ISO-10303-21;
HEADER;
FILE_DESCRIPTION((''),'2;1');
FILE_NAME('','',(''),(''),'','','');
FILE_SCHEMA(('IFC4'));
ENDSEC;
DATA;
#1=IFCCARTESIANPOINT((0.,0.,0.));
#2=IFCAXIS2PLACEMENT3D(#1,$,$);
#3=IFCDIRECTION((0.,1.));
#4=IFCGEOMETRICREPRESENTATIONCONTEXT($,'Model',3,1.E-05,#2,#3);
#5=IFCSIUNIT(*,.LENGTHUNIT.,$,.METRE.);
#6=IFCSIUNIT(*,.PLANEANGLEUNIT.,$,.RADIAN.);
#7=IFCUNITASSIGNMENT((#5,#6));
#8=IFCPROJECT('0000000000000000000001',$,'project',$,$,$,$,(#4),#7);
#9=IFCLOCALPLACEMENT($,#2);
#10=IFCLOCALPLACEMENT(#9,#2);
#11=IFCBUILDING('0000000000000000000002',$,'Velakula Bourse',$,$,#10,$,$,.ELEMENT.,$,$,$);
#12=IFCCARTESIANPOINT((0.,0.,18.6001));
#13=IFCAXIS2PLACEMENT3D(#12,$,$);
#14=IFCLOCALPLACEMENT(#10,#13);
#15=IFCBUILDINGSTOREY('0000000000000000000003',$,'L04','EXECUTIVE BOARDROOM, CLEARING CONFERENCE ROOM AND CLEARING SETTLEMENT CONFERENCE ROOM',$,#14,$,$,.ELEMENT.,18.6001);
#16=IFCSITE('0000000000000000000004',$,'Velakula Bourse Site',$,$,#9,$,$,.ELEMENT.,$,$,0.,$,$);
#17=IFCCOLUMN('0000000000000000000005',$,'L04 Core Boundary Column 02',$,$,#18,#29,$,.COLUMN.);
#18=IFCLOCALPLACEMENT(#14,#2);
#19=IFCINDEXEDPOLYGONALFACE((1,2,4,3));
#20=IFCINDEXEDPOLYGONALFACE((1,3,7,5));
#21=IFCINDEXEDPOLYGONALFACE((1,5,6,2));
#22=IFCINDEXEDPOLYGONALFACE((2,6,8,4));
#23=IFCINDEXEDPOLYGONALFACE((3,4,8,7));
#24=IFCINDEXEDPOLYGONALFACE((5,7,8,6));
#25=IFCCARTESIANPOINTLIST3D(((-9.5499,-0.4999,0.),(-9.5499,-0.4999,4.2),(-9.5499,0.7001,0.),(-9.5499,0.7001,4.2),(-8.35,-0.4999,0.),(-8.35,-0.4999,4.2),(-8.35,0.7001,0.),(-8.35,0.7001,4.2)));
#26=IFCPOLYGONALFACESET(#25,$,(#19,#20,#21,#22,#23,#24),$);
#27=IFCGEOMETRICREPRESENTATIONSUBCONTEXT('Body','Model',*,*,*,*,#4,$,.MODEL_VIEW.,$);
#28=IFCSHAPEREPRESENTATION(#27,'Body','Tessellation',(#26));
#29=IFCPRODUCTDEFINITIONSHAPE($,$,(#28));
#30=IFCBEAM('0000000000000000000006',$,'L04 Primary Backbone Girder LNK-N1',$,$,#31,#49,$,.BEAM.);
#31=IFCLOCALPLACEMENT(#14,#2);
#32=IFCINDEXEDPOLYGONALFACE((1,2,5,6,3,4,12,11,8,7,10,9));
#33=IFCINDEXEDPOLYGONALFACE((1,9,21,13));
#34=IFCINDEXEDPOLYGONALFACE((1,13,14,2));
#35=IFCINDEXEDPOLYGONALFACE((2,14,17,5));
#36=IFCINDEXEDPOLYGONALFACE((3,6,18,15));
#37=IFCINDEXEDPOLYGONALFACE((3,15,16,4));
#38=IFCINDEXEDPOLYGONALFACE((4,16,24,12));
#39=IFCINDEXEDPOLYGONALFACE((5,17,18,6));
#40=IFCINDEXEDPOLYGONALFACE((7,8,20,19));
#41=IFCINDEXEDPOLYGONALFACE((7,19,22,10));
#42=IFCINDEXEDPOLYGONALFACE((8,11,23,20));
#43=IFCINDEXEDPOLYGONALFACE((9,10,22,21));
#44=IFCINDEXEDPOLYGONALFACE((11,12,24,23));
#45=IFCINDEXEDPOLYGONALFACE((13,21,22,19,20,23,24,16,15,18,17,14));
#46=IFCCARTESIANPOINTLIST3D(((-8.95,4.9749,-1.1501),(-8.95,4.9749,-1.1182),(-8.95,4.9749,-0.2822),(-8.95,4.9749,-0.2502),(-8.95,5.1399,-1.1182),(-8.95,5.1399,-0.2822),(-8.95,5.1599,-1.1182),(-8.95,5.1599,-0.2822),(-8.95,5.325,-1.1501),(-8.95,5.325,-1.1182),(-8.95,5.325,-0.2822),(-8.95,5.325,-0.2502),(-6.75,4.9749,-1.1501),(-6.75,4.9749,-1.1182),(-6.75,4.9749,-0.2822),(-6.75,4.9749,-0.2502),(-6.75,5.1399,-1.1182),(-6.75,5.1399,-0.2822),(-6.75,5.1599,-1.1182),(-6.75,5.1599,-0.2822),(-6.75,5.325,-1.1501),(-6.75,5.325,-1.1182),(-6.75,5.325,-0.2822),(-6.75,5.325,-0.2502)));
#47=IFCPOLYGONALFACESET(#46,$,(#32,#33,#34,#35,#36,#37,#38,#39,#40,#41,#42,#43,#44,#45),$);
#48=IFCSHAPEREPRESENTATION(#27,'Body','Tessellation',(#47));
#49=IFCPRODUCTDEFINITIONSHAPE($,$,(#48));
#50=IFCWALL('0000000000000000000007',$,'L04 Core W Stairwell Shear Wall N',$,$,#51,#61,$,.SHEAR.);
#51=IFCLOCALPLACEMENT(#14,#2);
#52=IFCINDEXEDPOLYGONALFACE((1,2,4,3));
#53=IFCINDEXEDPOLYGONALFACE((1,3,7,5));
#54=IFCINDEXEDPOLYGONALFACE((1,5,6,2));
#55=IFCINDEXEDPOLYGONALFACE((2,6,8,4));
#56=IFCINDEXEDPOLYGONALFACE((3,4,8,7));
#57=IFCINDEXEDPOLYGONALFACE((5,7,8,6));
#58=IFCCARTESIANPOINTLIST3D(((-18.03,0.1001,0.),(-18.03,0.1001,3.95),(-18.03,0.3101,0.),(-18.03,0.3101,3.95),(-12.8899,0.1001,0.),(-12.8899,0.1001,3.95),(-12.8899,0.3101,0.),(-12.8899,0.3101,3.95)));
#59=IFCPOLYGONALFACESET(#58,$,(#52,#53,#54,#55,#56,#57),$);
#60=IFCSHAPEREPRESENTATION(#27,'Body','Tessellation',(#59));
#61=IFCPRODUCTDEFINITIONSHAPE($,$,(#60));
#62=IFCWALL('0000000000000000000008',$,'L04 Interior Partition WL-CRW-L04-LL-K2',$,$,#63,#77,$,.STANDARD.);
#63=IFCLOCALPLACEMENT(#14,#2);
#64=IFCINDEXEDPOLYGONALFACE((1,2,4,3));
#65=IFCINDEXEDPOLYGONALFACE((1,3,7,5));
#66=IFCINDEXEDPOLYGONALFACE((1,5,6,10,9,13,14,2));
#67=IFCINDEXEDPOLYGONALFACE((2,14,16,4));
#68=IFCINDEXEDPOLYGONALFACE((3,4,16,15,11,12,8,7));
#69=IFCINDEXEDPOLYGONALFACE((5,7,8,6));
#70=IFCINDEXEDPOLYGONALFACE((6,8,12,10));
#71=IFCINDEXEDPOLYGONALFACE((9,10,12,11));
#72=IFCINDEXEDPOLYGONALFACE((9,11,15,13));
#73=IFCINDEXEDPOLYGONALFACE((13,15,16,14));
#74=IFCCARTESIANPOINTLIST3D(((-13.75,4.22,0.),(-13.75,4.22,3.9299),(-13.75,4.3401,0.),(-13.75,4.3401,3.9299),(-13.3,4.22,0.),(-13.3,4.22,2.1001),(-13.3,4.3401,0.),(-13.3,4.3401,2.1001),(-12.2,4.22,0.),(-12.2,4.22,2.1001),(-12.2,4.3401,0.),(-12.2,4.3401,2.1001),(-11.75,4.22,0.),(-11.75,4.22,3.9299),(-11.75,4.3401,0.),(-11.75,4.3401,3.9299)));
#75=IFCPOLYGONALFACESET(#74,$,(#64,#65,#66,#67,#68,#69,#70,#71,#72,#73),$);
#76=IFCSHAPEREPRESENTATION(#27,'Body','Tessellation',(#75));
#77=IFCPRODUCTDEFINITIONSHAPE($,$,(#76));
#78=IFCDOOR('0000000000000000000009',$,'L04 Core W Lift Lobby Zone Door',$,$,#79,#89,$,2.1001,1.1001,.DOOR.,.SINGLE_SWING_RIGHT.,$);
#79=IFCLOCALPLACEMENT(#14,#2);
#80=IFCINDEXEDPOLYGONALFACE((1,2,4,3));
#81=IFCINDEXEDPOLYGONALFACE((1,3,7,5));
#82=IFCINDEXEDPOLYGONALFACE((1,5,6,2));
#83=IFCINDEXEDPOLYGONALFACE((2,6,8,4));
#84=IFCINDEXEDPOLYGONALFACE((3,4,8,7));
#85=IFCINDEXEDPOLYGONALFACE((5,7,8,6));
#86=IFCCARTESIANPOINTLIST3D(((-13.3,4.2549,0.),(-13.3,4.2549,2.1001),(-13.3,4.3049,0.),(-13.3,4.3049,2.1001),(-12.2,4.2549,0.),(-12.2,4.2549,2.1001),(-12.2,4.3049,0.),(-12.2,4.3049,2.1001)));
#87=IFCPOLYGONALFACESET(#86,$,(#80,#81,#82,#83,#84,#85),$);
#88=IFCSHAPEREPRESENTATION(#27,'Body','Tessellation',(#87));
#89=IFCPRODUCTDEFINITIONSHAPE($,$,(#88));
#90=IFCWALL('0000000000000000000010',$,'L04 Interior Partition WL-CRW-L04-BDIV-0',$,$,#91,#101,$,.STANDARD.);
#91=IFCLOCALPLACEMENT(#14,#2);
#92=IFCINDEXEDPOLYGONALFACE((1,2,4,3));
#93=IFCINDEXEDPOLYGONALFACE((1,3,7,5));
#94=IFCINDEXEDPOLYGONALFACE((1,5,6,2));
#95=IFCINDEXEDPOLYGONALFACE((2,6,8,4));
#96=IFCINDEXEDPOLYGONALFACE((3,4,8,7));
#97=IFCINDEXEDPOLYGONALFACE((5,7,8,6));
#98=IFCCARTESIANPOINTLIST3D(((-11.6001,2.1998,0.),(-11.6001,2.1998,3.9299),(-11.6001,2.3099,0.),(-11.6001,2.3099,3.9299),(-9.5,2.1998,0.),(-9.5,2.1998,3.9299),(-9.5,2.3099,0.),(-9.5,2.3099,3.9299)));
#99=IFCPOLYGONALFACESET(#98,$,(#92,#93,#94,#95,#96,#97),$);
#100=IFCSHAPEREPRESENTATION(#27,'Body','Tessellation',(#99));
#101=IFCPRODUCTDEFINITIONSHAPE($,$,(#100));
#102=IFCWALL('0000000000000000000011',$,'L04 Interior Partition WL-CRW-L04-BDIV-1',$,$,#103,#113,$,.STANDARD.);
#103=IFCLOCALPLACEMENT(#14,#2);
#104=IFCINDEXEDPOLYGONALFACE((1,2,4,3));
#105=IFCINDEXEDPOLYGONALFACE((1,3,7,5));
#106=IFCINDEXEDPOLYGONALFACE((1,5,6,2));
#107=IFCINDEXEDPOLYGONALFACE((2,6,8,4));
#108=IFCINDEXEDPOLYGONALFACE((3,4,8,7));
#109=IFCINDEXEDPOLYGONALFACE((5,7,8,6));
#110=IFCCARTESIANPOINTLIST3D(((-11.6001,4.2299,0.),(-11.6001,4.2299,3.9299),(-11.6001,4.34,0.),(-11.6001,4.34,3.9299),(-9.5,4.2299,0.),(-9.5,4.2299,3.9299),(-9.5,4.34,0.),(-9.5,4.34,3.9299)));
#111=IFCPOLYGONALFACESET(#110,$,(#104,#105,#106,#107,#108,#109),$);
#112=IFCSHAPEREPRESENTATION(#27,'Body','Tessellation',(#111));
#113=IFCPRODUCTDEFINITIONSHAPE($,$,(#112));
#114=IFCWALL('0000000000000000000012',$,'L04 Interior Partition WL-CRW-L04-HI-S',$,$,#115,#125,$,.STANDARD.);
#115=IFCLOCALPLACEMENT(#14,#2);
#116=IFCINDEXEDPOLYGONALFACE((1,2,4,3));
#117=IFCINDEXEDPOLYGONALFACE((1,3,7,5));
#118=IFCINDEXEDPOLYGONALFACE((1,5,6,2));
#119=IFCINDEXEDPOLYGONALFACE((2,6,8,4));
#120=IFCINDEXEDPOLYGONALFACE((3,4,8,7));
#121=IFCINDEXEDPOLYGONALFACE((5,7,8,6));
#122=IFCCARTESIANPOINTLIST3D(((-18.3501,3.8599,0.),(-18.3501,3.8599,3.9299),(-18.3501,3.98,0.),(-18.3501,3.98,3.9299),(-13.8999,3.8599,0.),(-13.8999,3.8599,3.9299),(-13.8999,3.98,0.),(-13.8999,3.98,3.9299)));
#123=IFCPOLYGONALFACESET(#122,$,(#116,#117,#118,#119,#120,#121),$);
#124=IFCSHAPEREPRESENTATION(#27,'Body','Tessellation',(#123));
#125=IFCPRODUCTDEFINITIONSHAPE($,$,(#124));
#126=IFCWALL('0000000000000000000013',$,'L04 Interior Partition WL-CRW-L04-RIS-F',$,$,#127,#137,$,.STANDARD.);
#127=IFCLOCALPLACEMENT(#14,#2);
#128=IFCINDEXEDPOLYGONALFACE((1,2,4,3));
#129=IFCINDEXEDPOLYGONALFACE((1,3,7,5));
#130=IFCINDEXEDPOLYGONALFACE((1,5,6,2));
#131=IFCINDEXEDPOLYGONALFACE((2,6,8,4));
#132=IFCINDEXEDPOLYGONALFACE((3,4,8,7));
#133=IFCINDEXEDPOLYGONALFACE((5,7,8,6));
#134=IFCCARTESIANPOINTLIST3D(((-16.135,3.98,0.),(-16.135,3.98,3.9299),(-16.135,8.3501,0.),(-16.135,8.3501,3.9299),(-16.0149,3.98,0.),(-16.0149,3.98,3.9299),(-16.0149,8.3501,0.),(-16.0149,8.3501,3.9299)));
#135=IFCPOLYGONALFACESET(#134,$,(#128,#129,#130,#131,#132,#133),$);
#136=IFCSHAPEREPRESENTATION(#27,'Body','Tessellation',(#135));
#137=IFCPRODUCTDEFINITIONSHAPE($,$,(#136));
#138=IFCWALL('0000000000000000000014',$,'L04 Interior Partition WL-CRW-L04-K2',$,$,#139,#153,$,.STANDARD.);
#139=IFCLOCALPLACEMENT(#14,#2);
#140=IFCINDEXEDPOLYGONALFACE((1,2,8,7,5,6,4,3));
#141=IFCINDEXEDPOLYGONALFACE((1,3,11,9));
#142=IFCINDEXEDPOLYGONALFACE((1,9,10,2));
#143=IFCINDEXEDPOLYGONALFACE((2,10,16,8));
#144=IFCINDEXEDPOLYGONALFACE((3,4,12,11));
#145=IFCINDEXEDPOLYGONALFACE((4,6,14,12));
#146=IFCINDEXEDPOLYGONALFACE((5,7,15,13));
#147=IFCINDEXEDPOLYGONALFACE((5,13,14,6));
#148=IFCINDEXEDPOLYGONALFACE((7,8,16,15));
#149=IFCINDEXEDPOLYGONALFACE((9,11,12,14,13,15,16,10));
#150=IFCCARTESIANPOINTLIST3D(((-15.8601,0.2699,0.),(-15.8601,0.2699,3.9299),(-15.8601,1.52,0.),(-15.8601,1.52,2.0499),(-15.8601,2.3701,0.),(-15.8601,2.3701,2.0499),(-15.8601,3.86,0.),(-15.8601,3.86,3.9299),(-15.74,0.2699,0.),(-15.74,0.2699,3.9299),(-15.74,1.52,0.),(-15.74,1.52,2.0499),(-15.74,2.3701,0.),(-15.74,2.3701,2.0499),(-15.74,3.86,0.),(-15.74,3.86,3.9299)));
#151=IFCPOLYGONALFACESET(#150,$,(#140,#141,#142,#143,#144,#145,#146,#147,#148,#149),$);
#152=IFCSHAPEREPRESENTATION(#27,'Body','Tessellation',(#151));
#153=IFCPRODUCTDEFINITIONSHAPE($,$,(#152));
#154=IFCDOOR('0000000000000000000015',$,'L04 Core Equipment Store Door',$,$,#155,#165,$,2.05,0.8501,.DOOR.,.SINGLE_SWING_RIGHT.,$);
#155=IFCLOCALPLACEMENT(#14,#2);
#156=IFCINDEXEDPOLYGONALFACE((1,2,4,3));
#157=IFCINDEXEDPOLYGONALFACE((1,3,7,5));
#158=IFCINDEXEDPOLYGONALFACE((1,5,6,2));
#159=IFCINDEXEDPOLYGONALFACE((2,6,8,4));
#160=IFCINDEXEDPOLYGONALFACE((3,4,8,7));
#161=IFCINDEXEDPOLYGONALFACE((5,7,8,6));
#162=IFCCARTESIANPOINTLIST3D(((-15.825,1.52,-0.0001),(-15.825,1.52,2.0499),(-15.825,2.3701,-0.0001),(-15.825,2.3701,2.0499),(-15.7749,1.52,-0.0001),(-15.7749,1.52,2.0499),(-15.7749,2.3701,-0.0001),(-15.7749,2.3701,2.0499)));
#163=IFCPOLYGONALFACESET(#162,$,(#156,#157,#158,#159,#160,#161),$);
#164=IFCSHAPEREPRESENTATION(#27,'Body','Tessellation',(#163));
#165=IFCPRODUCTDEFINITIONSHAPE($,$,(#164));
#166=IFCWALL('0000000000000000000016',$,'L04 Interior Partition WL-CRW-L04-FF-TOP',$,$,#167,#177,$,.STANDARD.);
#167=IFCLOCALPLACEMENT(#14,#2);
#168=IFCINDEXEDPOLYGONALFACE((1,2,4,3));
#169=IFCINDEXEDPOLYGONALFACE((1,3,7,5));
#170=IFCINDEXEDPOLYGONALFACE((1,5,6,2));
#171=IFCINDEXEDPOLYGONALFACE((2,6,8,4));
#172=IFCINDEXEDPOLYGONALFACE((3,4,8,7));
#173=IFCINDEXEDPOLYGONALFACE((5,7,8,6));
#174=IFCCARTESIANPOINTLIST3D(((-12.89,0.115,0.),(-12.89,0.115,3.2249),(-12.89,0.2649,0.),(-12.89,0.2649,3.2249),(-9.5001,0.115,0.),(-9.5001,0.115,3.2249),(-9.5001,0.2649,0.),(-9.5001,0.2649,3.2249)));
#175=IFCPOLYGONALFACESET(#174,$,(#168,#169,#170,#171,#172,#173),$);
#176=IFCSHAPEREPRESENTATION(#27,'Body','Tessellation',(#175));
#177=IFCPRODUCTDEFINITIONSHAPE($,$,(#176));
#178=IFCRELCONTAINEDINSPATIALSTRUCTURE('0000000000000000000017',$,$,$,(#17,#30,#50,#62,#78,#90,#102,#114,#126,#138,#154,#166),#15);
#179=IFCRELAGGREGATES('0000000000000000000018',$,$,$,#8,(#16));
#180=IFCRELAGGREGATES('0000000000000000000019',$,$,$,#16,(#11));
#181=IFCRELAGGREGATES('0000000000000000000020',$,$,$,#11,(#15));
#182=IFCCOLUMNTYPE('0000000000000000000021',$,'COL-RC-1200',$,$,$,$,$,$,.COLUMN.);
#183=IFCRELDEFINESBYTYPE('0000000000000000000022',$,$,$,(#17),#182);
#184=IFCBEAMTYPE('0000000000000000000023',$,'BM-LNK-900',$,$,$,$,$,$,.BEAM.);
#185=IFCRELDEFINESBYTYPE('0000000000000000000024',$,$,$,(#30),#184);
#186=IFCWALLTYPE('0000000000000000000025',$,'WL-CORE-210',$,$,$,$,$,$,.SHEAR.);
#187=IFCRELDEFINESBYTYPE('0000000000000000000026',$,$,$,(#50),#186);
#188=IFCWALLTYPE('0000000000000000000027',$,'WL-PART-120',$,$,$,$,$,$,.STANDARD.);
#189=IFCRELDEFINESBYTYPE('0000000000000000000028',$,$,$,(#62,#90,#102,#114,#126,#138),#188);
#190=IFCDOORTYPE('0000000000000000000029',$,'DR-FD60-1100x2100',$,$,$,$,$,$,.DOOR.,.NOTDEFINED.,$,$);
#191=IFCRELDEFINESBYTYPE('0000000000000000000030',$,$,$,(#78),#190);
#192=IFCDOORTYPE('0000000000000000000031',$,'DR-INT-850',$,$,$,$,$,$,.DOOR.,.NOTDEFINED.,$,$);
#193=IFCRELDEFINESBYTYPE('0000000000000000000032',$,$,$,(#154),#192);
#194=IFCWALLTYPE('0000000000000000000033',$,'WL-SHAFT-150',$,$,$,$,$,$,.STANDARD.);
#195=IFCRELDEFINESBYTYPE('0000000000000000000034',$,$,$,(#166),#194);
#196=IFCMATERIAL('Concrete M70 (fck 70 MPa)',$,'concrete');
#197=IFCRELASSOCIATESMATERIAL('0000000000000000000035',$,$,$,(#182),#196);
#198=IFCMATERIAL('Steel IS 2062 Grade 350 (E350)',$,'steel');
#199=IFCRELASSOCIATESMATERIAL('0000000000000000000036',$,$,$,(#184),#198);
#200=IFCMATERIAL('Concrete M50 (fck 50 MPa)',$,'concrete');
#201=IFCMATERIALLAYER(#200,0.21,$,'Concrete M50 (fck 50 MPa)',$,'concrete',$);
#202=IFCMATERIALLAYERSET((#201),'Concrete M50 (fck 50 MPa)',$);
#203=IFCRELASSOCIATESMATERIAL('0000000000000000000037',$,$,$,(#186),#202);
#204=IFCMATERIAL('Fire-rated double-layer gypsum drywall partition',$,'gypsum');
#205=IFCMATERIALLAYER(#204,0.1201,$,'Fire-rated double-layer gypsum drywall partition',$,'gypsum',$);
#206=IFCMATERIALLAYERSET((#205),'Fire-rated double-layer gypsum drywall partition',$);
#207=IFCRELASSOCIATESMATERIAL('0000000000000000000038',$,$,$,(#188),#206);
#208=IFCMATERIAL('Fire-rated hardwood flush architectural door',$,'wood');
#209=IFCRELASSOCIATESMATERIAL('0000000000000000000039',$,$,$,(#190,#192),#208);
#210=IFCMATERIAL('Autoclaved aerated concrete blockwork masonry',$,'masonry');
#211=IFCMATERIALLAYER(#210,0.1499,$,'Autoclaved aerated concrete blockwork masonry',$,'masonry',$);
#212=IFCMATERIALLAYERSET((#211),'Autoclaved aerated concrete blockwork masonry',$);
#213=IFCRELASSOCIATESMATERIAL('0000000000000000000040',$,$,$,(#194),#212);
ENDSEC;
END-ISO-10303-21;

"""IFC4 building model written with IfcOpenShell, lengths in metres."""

from ifc_helpers import new_model, si_unit, direction, frame, frame_2d, origin, origin_2d, place, context, subcontext, project, spatial, rectangle, i_section, extrude, material, layer, layer_set, material_profile, profile_set, type_object, element, fill, save


model = new_model("IFC4")

# Units and contexts
model_context = context("Model", 3, precision=1e-05, world=origin(), true_north=direction((0.0, 1.0)))
body_context = subcontext(model_context, "Body", "Model", "MODEL_VIEW")
ifc_project = project(units=[si_unit("LENGTHUNIT", "METRE"), si_unit("PLANEANGLEUNIT", "RADIAN")], contexts=[model_context])

# Site, building, storey
site_placement = place(None, origin())
site = spatial("IfcSite", under=ifc_project, at=site_placement, Name="Velakula Bourse Site", CompositionType="ELEMENT", RefElevation=0.0)
building_placement = place(site_placement, origin())
building = spatial("IfcBuilding", under=site, at=building_placement, Name="Velakula Bourse", CompositionType="ELEMENT")
storey_placement = place(building_placement, frame((0.0, 0.0, 18.6001)))
storey = spatial("IfcBuildingStorey", under=building, at=storey_placement, Name="L04", Description="EXECUTIVE BOARDROOM, CLEARING CONFERENCE ROOM AND CLEARING SETTLEMENT CONFERENCE ROOM", CompositionType="ELEMENT", Elevation=18.6001)

# Column
ifc_material_1 = material(Name="Concrete M70 (fck 70 MPa)", Category="concrete")
ifc_material_profile_1 = material_profile(ifc_material_1, rectangle(XDim=1.2, YDim=1.2, at=origin_2d()), Name="Concrete M70 (fck 70 MPa)")
ifc_profile_set_1 = profile_set([ifc_material_profile_1], Name="Concrete M70 (fck 70 MPa)")
column_type = type_object("IfcColumnType", Name="COL-RC-1200", PredefinedType="COLUMN", material=ifc_profile_set_1)
column_placement = place(storey_placement, frame((-8.95, 0.1001, 0.0), z_axis=(0.0, 0.0, 1.0), x_axis=(1.0, 0.0, 0.0)))
element("IfcColumn", 1, at=column_placement, inside=storey, type_object=column_type, Name="L04 Core Boundary Column 02", PredefinedType="COLUMN", context=body_context, shape_type="SweptSolid", body=[
    extrude(rectangle(XDim=1.2, YDim=1.2, at=origin_2d()), origin(), (0.0, 0.0, 1.0), 4.2),
])

# Beam
ifc_material_2 = material(Name="Steel IS 2062 Grade 350 (E350)", Category="steel")
ifc_material_profile_2 = material_profile(ifc_material_2, i_section(OverallWidth=0.3501, OverallDepth=0.8999, WebThickness=0.02, FlangeThickness=0.032, at=origin_2d()), Name="Steel IS 2062 Grade 350 (E350)")
ifc_profile_set_2 = profile_set([ifc_material_profile_2], Name="Steel IS 2062 Grade 350 (E350)")
beam_type = type_object("IfcBeamType", Name="BM-LNK-900", PredefinedType="BEAM", material=ifc_profile_set_2)
beam_placement = place(storey_placement, frame((-8.95, 5.1499, -0.7002), z_axis=(1.0, 0.0, 0.0), x_axis=(0.0, 1.0, 0.0)))
element("IfcBeam", 2, at=beam_placement, inside=storey, type_object=beam_type, Name="L04 Primary Backbone Girder LNK-N1", PredefinedType="BEAM", context=body_context, shape_type="SweptSolid", body=[
    extrude(i_section(OverallWidth=0.3501, OverallDepth=0.8999, WebThickness=0.02, FlangeThickness=0.032, at=origin_2d()), origin(), (0.0, 0.0, 1.0), 2.2),
])

# Wall
ifc_material_3 = material(Name="Concrete M50 (fck 50 MPa)", Category="concrete")
ifc_layer_1 = layer(ifc_material_3, 0.21, Name="Concrete M50 (fck 50 MPa)", Category="concrete")
ifc_layer_set_1 = layer_set([ifc_layer_1], Name="Concrete M50 (fck 50 MPa)")
wall_type_1 = type_object("IfcWallType", Name="WL-CORE-210", PredefinedType="SHEAR", material=ifc_layer_set_1)
wall_1_placement = place(storey_placement, frame((-12.8899, 0.2051, 0.0), z_axis=(0.0, 0.0, 1.0), x_axis=(-1.0, 0.0, 0.0)))
element("IfcWall", 3, at=wall_1_placement, inside=storey, type_object=wall_type_1, Name="L04 Core W Stairwell Shear Wall N", PredefinedType="SHEAR", context=body_context, shape_type="SweptSolid", body=[
    extrude(rectangle(XDim=5.1401, YDim=0.21, at=frame_2d((2.5701, 0.0))), origin(), (0.0, 0.0, 1.0), 3.95),
])

# Wall, opening, door
ifc_material_4 = material(Name="Fire-rated double-layer gypsum drywall partition", Category="gypsum")
ifc_layer_2 = layer(ifc_material_4, 0.1201, Name="Fire-rated double-layer gypsum drywall partition", Category="gypsum")
ifc_layer_set_2 = layer_set([ifc_layer_2], Name="Fire-rated double-layer gypsum drywall partition")
wall_type_2 = type_object("IfcWallType", Name="WL-PART-120", PredefinedType="STANDARD", material=ifc_layer_set_2)
wall_2_placement = place(storey_placement, frame((-13.75, 4.28, 0.0), z_axis=(0.0, 0.0, 1.0), x_axis=(1.0, 0.0, 0.0)))
wall_2 = element("IfcWall", 4, at=wall_2_placement, inside=storey, type_object=wall_type_2, Name="L04 Interior Partition WL-CRW-L04-LL-K2", PredefinedType="STANDARD", context=body_context, shape_type="SweptSolid", body=[
    extrude(rectangle(XDim=2.0, YDim=0.1201, at=frame_2d((1.0, 0.0))), origin(), (0.0, 0.0, 1.0), 3.9299),
])
opening_1_placement = place(wall_2_placement, frame((0.45, 0.0, 0.0)))
opening_1 = element("IfcOpeningElement", 5, at=opening_1_placement, cuts=wall_2, PredefinedType="OPENING", context=body_context, shape_type="SweptSolid", body=[
    extrude(rectangle(XDim=1.1001, YDim=2.1001, at=frame_2d((0.55, 1.05))), frame((0.0, 0.0701, 0.0), z_axis=(0.0, -1.0, 0.0), x_axis=(1.0, 0.0, 0.0)), (0.0, 0.0, 1.0), 0.1401),
])
ifc_material_5 = material(Name="Fire-rated hardwood flush architectural door", Category="wood")
door_type_1 = type_object("IfcDoorType", Name="DR-FD60-1100x2100", OperationType="NOTDEFINED", PredefinedType="DOOR", material=ifc_material_5)
door_1_placement = place(opening_1_placement, origin())
door_1 = element("IfcDoor", 6, at=door_1_placement, inside=storey, type_object=door_type_1, Name="L04 Core W Lift Lobby Zone Door", OperationType="SINGLE_SWING_RIGHT", OverallHeight=2.1001, OverallWidth=1.1001, PredefinedType="DOOR", context=body_context, shape_type="SweptSolid", body=[
    extrude(rectangle(XDim=1.1001, YDim=2.1001, at=frame_2d((0.55, 1.05))), frame((0.0, 0.0249, 0.0), z_axis=(0.0, -1.0, 0.0), x_axis=(1.0, 0.0, 0.0)), (0.0, 0.0, 1.0), 0.05),
])
fill(opening_1, door_1)

# Walls
for number, where, z_axis, x_axis, name in (
    (7, (-11.6001, 2.2549, 0.0), (0.0, 0.0, 1.0), (1.0, 0.0, 0.0), "L04 Interior Partition WL-CRW-L04-BDIV-0"),
    (8, (-11.6001, 4.2849, 0.0), (0.0, 0.0, 1.0), (1.0, 0.0, 0.0), "L04 Interior Partition WL-CRW-L04-BDIV-1"),
):
    element("IfcWall", number, at=place(storey_placement, frame(where, z_axis=z_axis, x_axis=x_axis)), inside=storey, type_object=wall_type_2, Name=name, PredefinedType="STANDARD", context=body_context, shape_type="SweptSolid", body=[
        extrude(rectangle(XDim=2.1001, YDim=0.1101, at=frame_2d((1.05, 0.0))), origin(), (0.0, 0.0, 1.0), 3.9299),
    ])
wall_3_placement = place(storey_placement, frame((-18.3501, 3.9199, 0.0), z_axis=(0.0, 0.0, 1.0), x_axis=(1.0, 0.0, 0.0)))
element("IfcWall", 9, at=wall_3_placement, inside=storey, type_object=wall_type_2, Name="L04 Interior Partition WL-CRW-L04-HI-S", PredefinedType="STANDARD", context=body_context, shape_type="SweptSolid", body=[
    extrude(rectangle(XDim=4.4502, YDim=0.1201, at=frame_2d((2.2251, 0.0))), origin(), (0.0, 0.0, 1.0), 3.9299),
])
wall_4_placement = place(storey_placement, frame((-16.075, 3.98, 0.0), z_axis=(0.0, 0.0, 1.0), x_axis=(0.0, 1.0, 0.0)))
element("IfcWall", 10, at=wall_4_placement, inside=storey, type_object=wall_type_2, Name="L04 Interior Partition WL-CRW-L04-RIS-F", PredefinedType="STANDARD", context=body_context, shape_type="SweptSolid", body=[
    extrude(rectangle(XDim=4.3701, YDim=0.1201, at=frame_2d((2.1851, 0.0))), origin(), (0.0, 0.0, 1.0), 3.9299),
])

# Wall, opening, door
wall_5_placement = place(storey_placement, frame((-15.8, 0.27, 0.0), z_axis=(0.0, 0.0, 1.0), x_axis=(0.0, 1.0, 0.0)))
wall_5 = element("IfcWall", 11, at=wall_5_placement, inside=storey, type_object=wall_type_2, Name="L04 Interior Partition WL-CRW-L04-K2", PredefinedType="STANDARD", context=body_context, shape_type="SweptSolid", body=[
    extrude(rectangle(XDim=3.5901, YDim=0.1201, at=frame_2d((1.7949, 0.0))), origin(), (0.0, 0.0, 1.0), 3.9299),
])
opening_2_placement = place(wall_5_placement, frame((1.25, 0.0, 0.0)))
opening_2 = element("IfcOpeningElement", 12, at=opening_2_placement, cuts=wall_5, PredefinedType="OPENING", context=body_context, shape_type="SweptSolid", body=[
    extrude(rectangle(XDim=0.8501, YDim=2.05, at=frame_2d((0.425, 1.0249))), frame((0.0, 0.0701, 0.0), z_axis=(0.0, -1.0, 0.0), x_axis=(1.0, 0.0, 0.0)), (0.0, 0.0, 1.0), 0.1401),
])
door_type_2 = type_object("IfcDoorType", Name="DR-INT-850", OperationType="NOTDEFINED", PredefinedType="DOOR", material=ifc_material_5)
door_2_placement = place(opening_2_placement, origin())
door_2 = element("IfcDoor", 13, at=door_2_placement, inside=storey, type_object=door_type_2, Name="L04 Core Equipment Store Door", OperationType="SINGLE_SWING_RIGHT", OverallHeight=2.05, OverallWidth=0.8501, PredefinedType="DOOR", context=body_context, shape_type="SweptSolid", body=[
    extrude(rectangle(XDim=0.8501, YDim=2.05, at=frame_2d((0.425, 1.0249))), frame((0.0, 0.0249, 0.0), z_axis=(0.0, -1.0, 0.0), x_axis=(1.0, 0.0, 0.0)), (0.0, 0.0, 1.0), 0.05),
])
fill(opening_2, door_2)

# Wall
ifc_material_6 = material(Name="Autoclaved aerated concrete blockwork masonry", Category="masonry")
ifc_layer_3 = layer(ifc_material_6, 0.1499, Name="Autoclaved aerated concrete blockwork masonry", Category="masonry")
ifc_layer_set_3 = layer_set([ifc_layer_3], Name="Autoclaved aerated concrete blockwork masonry")
wall_type_3 = type_object("IfcWallType", Name="WL-SHAFT-150", PredefinedType="STANDARD", material=ifc_layer_set_3)
wall_6_placement = place(storey_placement, frame((-12.8899, 0.1899, 0.0), z_axis=(0.0, 0.0, 1.0), x_axis=(1.0, 0.0, 0.0)))
element("IfcWall", 14, at=wall_6_placement, inside=storey, type_object=wall_type_3, Name="L04 Interior Partition WL-CRW-L04-FF-TOP", PredefinedType="STANDARD", context=body_context, shape_type="SweptSolid", body=[
    extrude(rectangle(XDim=3.3899, YDim=0.1499, at=frame_2d((1.6948, 0.0))), origin(), (0.0, 0.0, 1.0), 3.2249),
])

save(model, "model.ifc")
